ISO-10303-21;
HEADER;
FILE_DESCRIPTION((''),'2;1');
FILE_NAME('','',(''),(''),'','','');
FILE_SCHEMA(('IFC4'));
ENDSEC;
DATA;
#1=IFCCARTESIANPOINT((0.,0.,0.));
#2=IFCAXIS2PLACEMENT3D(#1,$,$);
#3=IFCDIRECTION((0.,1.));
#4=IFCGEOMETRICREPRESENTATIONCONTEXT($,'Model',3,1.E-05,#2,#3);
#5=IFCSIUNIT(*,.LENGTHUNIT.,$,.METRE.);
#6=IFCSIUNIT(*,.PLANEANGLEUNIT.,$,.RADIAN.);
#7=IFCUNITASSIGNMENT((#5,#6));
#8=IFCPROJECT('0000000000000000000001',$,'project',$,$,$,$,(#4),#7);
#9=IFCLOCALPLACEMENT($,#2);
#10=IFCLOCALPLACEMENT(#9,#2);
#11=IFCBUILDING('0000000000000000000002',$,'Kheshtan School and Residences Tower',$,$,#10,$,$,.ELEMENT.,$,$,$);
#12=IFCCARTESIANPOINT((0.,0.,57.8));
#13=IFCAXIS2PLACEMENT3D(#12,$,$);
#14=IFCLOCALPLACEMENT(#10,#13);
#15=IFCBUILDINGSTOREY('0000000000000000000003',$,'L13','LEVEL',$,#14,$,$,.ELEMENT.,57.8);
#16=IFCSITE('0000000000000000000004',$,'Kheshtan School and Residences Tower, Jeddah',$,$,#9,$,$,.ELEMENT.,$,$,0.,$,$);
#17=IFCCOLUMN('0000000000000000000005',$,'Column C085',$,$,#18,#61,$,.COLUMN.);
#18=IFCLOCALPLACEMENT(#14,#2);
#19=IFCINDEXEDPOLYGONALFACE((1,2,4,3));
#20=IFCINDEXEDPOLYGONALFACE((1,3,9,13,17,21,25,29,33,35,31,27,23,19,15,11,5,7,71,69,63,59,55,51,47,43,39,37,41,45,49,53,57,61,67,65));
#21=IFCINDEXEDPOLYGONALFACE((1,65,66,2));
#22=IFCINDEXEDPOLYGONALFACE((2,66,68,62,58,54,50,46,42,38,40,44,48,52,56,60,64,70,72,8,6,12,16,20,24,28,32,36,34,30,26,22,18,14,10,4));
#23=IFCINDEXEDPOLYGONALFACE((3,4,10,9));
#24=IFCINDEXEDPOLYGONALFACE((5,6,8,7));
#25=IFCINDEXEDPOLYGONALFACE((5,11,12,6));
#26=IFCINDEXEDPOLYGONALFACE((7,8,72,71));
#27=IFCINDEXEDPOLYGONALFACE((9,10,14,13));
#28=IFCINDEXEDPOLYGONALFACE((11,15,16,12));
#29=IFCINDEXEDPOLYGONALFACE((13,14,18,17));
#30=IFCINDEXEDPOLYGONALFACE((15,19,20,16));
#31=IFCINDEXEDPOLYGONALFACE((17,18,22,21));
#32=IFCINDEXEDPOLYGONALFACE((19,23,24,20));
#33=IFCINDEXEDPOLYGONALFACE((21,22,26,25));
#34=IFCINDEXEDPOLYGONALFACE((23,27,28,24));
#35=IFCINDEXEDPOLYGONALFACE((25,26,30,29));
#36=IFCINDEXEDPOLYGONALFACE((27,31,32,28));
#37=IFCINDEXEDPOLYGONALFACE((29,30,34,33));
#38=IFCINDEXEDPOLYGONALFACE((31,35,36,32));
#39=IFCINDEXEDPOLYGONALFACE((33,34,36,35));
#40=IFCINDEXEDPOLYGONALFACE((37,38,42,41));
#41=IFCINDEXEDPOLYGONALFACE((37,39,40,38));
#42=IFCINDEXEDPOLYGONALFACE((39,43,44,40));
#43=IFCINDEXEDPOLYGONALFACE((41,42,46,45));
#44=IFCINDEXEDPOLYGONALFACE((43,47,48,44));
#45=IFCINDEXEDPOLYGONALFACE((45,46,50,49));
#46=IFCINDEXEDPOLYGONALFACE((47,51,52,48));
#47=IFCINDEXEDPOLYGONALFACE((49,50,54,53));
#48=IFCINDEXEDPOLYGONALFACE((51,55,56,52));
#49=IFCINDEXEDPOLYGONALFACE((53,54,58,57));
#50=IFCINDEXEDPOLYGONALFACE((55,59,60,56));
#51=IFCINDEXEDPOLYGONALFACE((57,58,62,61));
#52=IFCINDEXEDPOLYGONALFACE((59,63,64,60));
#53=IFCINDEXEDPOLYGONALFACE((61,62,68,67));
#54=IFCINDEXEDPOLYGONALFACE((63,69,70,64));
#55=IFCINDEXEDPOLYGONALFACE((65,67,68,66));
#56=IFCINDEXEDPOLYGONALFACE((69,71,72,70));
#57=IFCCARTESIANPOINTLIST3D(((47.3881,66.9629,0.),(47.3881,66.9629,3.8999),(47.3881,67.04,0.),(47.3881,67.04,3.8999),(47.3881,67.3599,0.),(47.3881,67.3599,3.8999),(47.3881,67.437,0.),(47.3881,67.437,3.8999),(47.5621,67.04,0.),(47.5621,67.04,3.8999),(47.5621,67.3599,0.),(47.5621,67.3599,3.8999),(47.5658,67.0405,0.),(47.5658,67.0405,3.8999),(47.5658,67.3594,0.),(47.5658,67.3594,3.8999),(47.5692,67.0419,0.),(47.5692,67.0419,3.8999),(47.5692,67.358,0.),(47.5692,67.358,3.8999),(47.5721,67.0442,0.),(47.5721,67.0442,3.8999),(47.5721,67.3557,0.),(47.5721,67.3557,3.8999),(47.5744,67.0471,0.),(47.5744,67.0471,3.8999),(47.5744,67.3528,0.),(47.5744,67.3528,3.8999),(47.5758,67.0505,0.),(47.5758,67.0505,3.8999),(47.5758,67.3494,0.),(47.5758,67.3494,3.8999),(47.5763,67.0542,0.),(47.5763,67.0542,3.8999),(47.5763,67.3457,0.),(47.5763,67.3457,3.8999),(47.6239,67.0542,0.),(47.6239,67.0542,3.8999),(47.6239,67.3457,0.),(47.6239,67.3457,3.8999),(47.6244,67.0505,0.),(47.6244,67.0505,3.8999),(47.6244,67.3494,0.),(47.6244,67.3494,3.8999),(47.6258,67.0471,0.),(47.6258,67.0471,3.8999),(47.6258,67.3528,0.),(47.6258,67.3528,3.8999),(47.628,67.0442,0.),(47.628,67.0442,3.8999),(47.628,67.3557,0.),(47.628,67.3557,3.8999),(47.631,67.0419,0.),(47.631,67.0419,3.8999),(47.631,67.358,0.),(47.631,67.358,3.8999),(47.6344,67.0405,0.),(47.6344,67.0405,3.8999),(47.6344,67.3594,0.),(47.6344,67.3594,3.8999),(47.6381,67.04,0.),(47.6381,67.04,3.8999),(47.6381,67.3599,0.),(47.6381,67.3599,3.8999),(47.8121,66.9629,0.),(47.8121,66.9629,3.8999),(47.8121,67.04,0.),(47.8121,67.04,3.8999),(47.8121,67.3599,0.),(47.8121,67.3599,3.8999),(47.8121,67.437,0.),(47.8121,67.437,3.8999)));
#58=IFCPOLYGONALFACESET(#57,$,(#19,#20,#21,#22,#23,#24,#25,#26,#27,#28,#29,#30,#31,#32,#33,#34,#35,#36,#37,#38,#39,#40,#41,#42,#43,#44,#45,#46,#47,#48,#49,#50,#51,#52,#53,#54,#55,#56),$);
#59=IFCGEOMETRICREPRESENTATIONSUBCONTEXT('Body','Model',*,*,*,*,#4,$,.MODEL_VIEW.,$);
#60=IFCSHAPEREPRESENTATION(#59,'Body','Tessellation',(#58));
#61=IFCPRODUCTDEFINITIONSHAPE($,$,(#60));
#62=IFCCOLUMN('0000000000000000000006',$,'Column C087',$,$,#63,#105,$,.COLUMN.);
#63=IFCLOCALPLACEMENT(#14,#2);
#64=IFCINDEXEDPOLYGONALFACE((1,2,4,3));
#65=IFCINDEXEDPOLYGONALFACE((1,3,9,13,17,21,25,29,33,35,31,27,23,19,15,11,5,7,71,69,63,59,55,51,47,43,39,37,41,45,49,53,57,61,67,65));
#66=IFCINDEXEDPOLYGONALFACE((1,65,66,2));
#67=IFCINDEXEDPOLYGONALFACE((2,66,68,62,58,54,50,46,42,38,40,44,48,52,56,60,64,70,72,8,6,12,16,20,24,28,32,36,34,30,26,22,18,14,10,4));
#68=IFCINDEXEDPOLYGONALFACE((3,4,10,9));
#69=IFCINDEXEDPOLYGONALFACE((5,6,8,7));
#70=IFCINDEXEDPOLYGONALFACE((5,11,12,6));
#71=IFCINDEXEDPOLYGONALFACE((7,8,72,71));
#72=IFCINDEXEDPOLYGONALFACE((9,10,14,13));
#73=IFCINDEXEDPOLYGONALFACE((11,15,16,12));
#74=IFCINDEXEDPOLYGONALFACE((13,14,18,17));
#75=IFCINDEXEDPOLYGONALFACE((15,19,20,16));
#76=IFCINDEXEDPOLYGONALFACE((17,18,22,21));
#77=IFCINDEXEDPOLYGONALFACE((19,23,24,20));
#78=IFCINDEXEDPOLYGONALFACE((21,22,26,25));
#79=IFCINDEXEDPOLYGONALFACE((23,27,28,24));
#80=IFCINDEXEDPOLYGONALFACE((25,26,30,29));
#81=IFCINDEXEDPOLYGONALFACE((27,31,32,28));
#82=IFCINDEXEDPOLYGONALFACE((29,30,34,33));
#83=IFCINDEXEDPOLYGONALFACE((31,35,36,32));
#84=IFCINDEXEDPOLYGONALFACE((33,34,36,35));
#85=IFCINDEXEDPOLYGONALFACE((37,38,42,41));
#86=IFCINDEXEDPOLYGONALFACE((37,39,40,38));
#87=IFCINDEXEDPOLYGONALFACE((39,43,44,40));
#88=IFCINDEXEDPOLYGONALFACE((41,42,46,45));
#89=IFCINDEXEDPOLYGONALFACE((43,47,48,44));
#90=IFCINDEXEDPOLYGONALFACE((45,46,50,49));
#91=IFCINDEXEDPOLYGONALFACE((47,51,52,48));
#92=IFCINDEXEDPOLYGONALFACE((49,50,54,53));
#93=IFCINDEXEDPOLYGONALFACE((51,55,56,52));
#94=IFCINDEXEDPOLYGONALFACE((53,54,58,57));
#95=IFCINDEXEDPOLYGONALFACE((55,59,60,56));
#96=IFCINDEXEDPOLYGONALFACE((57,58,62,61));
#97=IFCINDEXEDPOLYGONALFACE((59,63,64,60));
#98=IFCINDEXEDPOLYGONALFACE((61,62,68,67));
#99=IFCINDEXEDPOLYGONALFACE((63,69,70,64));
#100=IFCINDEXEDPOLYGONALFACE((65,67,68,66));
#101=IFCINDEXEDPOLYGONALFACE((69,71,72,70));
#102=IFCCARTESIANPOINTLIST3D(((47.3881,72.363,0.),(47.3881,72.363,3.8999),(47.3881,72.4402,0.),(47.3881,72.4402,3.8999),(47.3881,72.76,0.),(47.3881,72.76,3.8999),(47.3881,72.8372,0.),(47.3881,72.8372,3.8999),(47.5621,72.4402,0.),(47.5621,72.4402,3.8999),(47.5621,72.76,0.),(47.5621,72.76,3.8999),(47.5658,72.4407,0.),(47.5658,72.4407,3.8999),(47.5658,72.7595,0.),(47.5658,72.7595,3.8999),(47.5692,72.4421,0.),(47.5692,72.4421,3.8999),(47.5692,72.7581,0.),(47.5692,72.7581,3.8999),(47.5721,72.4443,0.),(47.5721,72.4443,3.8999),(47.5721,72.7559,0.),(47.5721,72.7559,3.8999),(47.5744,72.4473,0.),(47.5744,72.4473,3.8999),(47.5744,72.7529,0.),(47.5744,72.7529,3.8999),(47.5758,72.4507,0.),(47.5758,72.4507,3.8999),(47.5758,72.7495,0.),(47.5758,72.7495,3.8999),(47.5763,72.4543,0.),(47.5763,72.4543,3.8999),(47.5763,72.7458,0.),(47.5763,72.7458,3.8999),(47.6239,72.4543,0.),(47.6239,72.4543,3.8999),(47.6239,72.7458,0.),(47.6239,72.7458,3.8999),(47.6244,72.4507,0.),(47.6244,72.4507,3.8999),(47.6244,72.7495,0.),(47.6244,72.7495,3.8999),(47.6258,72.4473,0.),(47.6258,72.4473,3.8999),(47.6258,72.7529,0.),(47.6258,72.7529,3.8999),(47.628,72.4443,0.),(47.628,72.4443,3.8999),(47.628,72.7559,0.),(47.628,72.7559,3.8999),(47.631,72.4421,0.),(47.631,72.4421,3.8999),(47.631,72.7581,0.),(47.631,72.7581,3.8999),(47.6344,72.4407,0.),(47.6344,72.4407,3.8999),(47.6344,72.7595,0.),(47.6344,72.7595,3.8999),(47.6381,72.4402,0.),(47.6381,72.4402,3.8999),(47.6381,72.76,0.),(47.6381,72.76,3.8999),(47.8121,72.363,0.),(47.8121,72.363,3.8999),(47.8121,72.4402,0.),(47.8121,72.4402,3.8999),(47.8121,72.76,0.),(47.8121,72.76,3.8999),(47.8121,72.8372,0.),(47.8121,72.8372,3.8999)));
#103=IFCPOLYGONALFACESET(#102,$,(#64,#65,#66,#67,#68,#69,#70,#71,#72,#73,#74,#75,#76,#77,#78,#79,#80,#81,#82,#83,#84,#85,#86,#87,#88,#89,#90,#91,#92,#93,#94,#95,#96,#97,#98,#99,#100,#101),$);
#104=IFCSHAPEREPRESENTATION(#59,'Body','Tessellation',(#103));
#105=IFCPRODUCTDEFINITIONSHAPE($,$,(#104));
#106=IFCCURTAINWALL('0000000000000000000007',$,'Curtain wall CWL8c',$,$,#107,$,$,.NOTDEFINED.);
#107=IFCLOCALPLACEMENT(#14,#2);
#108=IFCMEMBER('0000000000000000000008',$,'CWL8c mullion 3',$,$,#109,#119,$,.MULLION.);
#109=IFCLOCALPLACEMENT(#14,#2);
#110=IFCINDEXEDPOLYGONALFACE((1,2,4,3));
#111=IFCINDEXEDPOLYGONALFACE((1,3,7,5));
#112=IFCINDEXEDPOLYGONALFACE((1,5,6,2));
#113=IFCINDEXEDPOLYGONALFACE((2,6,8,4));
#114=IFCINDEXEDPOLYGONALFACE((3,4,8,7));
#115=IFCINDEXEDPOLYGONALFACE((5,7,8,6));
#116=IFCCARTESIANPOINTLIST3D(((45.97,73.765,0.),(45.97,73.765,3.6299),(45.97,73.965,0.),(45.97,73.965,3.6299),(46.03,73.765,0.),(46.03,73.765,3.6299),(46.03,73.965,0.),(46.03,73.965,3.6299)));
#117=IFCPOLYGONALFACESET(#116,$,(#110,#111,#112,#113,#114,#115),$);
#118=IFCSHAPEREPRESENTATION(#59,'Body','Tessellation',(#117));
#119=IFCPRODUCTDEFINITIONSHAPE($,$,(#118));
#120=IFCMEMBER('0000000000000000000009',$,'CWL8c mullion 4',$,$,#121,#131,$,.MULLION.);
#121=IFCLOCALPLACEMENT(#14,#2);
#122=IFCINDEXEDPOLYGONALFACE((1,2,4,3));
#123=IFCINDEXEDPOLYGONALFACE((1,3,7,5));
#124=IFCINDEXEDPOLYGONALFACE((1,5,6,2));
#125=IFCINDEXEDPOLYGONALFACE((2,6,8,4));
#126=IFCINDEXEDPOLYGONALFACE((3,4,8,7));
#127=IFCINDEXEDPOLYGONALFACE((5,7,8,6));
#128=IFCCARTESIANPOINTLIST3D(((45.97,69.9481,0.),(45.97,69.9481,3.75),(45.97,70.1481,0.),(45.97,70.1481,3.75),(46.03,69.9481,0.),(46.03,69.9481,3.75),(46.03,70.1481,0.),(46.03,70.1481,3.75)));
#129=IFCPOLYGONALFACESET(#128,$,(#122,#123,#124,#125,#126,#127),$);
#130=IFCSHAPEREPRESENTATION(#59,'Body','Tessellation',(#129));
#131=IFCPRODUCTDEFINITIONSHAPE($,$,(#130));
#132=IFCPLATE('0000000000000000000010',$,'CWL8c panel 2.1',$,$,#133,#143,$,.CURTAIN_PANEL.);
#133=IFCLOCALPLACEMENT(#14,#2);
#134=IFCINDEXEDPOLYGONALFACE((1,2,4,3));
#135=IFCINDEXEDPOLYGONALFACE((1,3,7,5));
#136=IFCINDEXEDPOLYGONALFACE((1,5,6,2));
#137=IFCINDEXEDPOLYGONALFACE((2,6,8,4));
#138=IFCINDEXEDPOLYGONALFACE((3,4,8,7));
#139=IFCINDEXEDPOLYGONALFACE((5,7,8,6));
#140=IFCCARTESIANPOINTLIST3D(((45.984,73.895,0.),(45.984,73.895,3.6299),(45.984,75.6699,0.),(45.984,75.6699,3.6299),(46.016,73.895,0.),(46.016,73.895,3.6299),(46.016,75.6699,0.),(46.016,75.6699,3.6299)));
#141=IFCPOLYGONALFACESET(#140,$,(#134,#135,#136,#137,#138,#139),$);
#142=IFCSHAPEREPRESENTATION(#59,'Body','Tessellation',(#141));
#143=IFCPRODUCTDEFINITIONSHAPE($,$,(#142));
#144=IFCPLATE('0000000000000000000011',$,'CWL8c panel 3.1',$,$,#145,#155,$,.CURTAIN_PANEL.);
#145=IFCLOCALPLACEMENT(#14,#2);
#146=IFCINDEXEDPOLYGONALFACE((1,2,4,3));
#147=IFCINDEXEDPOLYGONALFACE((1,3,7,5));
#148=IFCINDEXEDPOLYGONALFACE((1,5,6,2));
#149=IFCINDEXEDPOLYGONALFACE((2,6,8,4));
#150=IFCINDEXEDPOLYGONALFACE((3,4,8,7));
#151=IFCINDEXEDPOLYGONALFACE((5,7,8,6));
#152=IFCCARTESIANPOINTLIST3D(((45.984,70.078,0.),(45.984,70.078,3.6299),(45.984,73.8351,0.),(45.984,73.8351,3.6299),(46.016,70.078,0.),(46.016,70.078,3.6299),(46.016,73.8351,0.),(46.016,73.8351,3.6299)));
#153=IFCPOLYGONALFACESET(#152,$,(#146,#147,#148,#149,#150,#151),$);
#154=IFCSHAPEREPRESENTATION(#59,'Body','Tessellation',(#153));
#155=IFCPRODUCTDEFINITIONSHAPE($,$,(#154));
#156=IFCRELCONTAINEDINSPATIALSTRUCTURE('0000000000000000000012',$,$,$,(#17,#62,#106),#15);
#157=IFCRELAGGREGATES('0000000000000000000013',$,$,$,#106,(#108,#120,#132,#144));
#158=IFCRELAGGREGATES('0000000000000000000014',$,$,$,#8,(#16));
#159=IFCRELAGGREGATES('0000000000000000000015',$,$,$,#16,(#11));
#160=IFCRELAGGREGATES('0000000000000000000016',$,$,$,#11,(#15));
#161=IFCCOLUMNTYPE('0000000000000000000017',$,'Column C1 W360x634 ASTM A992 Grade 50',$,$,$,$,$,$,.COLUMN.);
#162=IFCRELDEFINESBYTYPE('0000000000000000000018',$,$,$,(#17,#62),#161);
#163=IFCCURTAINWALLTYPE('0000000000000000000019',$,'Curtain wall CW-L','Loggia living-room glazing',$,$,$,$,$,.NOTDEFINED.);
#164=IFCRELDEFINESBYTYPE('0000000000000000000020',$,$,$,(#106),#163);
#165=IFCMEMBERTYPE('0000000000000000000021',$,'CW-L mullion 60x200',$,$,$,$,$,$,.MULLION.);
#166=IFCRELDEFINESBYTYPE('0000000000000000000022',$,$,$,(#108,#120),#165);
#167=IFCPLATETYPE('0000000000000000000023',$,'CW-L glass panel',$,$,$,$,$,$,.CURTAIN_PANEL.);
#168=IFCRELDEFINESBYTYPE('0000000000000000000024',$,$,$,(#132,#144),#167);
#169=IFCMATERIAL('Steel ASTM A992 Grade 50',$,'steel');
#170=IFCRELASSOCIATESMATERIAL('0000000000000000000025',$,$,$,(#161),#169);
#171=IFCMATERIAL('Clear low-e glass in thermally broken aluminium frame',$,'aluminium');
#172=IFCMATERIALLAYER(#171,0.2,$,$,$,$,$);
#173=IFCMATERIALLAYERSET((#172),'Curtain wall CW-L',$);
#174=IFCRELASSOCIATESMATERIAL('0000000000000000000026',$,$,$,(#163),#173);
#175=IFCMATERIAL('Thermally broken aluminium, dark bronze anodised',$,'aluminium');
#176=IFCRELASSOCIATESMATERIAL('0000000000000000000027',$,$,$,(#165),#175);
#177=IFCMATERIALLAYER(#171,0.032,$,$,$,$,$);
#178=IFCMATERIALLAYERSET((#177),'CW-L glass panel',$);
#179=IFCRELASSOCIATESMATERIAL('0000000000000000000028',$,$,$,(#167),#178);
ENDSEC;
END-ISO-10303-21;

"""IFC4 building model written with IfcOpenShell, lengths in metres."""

from ifc_helpers import new_model, si_unit, direction, frame, origin, origin_2d, place, context, subcontext, project, spatial, rectangle, i_section, extrude, material, layer, layer_set, material_profile, profile_set, type_object, element, aggregate, save


model = new_model("IFC4")

# Units and contexts
model_context = context("Model", 3, precision=1e-05, world=origin(), true_north=direction((0.0, 1.0)))
body_context = subcontext(model_context, "Body", "Model", "MODEL_VIEW")
ifc_project = project(units=[si_unit("LENGTHUNIT", "METRE"), si_unit("PLANEANGLEUNIT", "RADIAN")], contexts=[model_context])

# Site, building, storey
site_placement = place(None, origin())
site = spatial("IfcSite", under=ifc_project, at=site_placement, Name="Kheshtan School and Residences Tower, Jeddah", CompositionType="ELEMENT", RefElevation=0.0)
building_placement = place(site_placement, origin())
building = spatial("IfcBuilding", under=site, at=building_placement, Name="Kheshtan School and Residences Tower", CompositionType="ELEMENT")
storey_placement = place(building_placement, frame((0.0, 0.0, 57.8)))
storey = spatial("IfcBuildingStorey", under=building, at=storey_placement, Name="L13", Description="LEVEL", CompositionType="ELEMENT", Elevation=57.8)

# Columns
ifc_material_1 = material(Name="Steel ASTM A992 Grade 50", Category="steel")
ifc_material_profile_1 = material_profile(ifc_material_1, i_section(OverallWidth=0.4241, OverallDepth=0.4741, WebThickness=0.0476, FlangeThickness=0.0771, FilletRadius=0.0142, at=origin_2d()), Name="W360x634")
ifc_profile_set_1 = profile_set([ifc_material_profile_1], Name="Steel ASTM A992 Grade 50")
column_type = type_object("IfcColumnType", Name="Column C1 W360x634 ASTM A992 Grade 50", PredefinedType="COLUMN", material=ifc_profile_set_1)
for number, where, z_axis, x_axis, name in (
    (1, (47.6001, 67.2, 0.0), (0.0, 0.0, 1.0), (1.0, 0.0, 0.0), "Column C085"),
    (2, (47.6001, 72.6001, 0.0), (0.0, 0.0, 1.0), (1.0, 0.0, 0.0), "Column C087"),
):
    element("IfcColumn", number, at=place(storey_placement, frame(where, z_axis=z_axis, x_axis=x_axis)), inside=storey, type_object=column_type, Name=name, PredefinedType="COLUMN", context=body_context, shape_type="SweptSolid", body=[
        extrude(i_section(OverallWidth=0.4241, OverallDepth=0.4741, WebThickness=0.0476, FlangeThickness=0.0771, FilletRadius=0.0142, at=origin_2d()), origin(), (0.0, 0.0, 1.0), 3.8999),
    ])

# Curtain wall, members, plates
ifc_material_2 = material(Name="Clear low-e glass in thermally broken aluminium frame", Category="aluminium")
ifc_layer_1 = layer(ifc_material_2, 0.2)
ifc_layer_set_1 = layer_set([ifc_layer_1], Name="Curtain wall CW-L")
curtain_wall_type = type_object("IfcCurtainWallType", Name="Curtain wall CW-L", Description="Loggia living-room glazing", PredefinedType="NOTDEFINED", material=ifc_layer_set_1)
curtain_wall_placement = place(storey_placement, origin())
curtain_wall = element("IfcCurtainWall", 3, at=curtain_wall_placement, inside=storey, type_object=curtain_wall_type, Name="Curtain wall CWL8c", PredefinedType="NOTDEFINED")
ifc_material_3 = material(Name="Thermally broken aluminium, dark bronze anodised", Category="aluminium")
ifc_material_profile_2 = material_profile(ifc_material_3, rectangle(XDim=0.0601, YDim=0.2, at=origin_2d()), Name="CW-L mullion 60x200")
ifc_profile_set_2 = profile_set([ifc_material_profile_2], Name="Thermally broken aluminium, dark bronze anodised")
member_type = type_object("IfcMemberType", Name="CW-L mullion 60x200", PredefinedType="MULLION", material=ifc_profile_set_2)
member_1_placement = place(storey_placement, frame((46.0, 73.865, 0.0), z_axis=(0.0, 0.0, 1.0), x_axis=(1.0, 0.0, 0.0)))
member_1 = element("IfcMember", 4, at=member_1_placement, type_object=member_type, Name="CWL8c mullion 3", PredefinedType="MULLION", context=body_context, shape_type="SweptSolid", body=[
    extrude(rectangle(XDim=0.0601, YDim=0.2, at=origin_2d()), origin(), (0.0, 0.0, 1.0), 3.6299),
])
member_2_placement = place(storey_placement, frame((46.0, 70.0481, 0.0), z_axis=(0.0, 0.0, 1.0), x_axis=(1.0, 0.0, 0.0)))
member_2 = element("IfcMember", 5, at=member_2_placement, type_object=member_type, Name="CWL8c mullion 4", PredefinedType="MULLION", context=body_context, shape_type="SweptSolid", body=[
    extrude(rectangle(XDim=0.0601, YDim=0.2, at=origin_2d()), origin(), (0.0, 0.0, 1.0), 3.75),
])
ifc_layer_2 = layer(ifc_material_2, 0.032)
ifc_layer_set_2 = layer_set([ifc_layer_2], Name="CW-L glass panel")
plate_type = type_object("IfcPlateType", Name="CW-L glass panel", PredefinedType="CURTAIN_PANEL", material=ifc_layer_set_2)
plate_1_placement = place(storey_placement, frame((46.0, 74.7825, 0.0), z_axis=(0.0, 0.0, 1.0), x_axis=(0.0, -1.0, 0.0)))
plate_1 = element("IfcPlate", 6, at=plate_1_placement, type_object=plate_type, Name="CWL8c panel 2.1", PredefinedType="CURTAIN_PANEL", context=body_context, shape_type="SweptSolid", body=[
    extrude(rectangle(XDim=1.7749, YDim=0.032, at=origin_2d()), origin(), (0.0, 0.0, 1.0), 3.6299),
])
plate_2_placement = place(storey_placement, frame((46.0, 71.9565, 0.0), z_axis=(0.0, 0.0, 1.0), x_axis=(0.0, -1.0, 0.0)))
plate_2 = element("IfcPlate", 7, at=plate_2_placement, type_object=plate_type, Name="CWL8c panel 3.1", PredefinedType="CURTAIN_PANEL", context=body_context, shape_type="SweptSolid", body=[
    extrude(rectangle(XDim=3.7571, YDim=0.032, at=origin_2d()), origin(), (0.0, 0.0, 1.0), 3.6299),
])
aggregate(curtain_wall, [member_1, member_2, plate_1, plate_2])

save(model, "model.ifc")
